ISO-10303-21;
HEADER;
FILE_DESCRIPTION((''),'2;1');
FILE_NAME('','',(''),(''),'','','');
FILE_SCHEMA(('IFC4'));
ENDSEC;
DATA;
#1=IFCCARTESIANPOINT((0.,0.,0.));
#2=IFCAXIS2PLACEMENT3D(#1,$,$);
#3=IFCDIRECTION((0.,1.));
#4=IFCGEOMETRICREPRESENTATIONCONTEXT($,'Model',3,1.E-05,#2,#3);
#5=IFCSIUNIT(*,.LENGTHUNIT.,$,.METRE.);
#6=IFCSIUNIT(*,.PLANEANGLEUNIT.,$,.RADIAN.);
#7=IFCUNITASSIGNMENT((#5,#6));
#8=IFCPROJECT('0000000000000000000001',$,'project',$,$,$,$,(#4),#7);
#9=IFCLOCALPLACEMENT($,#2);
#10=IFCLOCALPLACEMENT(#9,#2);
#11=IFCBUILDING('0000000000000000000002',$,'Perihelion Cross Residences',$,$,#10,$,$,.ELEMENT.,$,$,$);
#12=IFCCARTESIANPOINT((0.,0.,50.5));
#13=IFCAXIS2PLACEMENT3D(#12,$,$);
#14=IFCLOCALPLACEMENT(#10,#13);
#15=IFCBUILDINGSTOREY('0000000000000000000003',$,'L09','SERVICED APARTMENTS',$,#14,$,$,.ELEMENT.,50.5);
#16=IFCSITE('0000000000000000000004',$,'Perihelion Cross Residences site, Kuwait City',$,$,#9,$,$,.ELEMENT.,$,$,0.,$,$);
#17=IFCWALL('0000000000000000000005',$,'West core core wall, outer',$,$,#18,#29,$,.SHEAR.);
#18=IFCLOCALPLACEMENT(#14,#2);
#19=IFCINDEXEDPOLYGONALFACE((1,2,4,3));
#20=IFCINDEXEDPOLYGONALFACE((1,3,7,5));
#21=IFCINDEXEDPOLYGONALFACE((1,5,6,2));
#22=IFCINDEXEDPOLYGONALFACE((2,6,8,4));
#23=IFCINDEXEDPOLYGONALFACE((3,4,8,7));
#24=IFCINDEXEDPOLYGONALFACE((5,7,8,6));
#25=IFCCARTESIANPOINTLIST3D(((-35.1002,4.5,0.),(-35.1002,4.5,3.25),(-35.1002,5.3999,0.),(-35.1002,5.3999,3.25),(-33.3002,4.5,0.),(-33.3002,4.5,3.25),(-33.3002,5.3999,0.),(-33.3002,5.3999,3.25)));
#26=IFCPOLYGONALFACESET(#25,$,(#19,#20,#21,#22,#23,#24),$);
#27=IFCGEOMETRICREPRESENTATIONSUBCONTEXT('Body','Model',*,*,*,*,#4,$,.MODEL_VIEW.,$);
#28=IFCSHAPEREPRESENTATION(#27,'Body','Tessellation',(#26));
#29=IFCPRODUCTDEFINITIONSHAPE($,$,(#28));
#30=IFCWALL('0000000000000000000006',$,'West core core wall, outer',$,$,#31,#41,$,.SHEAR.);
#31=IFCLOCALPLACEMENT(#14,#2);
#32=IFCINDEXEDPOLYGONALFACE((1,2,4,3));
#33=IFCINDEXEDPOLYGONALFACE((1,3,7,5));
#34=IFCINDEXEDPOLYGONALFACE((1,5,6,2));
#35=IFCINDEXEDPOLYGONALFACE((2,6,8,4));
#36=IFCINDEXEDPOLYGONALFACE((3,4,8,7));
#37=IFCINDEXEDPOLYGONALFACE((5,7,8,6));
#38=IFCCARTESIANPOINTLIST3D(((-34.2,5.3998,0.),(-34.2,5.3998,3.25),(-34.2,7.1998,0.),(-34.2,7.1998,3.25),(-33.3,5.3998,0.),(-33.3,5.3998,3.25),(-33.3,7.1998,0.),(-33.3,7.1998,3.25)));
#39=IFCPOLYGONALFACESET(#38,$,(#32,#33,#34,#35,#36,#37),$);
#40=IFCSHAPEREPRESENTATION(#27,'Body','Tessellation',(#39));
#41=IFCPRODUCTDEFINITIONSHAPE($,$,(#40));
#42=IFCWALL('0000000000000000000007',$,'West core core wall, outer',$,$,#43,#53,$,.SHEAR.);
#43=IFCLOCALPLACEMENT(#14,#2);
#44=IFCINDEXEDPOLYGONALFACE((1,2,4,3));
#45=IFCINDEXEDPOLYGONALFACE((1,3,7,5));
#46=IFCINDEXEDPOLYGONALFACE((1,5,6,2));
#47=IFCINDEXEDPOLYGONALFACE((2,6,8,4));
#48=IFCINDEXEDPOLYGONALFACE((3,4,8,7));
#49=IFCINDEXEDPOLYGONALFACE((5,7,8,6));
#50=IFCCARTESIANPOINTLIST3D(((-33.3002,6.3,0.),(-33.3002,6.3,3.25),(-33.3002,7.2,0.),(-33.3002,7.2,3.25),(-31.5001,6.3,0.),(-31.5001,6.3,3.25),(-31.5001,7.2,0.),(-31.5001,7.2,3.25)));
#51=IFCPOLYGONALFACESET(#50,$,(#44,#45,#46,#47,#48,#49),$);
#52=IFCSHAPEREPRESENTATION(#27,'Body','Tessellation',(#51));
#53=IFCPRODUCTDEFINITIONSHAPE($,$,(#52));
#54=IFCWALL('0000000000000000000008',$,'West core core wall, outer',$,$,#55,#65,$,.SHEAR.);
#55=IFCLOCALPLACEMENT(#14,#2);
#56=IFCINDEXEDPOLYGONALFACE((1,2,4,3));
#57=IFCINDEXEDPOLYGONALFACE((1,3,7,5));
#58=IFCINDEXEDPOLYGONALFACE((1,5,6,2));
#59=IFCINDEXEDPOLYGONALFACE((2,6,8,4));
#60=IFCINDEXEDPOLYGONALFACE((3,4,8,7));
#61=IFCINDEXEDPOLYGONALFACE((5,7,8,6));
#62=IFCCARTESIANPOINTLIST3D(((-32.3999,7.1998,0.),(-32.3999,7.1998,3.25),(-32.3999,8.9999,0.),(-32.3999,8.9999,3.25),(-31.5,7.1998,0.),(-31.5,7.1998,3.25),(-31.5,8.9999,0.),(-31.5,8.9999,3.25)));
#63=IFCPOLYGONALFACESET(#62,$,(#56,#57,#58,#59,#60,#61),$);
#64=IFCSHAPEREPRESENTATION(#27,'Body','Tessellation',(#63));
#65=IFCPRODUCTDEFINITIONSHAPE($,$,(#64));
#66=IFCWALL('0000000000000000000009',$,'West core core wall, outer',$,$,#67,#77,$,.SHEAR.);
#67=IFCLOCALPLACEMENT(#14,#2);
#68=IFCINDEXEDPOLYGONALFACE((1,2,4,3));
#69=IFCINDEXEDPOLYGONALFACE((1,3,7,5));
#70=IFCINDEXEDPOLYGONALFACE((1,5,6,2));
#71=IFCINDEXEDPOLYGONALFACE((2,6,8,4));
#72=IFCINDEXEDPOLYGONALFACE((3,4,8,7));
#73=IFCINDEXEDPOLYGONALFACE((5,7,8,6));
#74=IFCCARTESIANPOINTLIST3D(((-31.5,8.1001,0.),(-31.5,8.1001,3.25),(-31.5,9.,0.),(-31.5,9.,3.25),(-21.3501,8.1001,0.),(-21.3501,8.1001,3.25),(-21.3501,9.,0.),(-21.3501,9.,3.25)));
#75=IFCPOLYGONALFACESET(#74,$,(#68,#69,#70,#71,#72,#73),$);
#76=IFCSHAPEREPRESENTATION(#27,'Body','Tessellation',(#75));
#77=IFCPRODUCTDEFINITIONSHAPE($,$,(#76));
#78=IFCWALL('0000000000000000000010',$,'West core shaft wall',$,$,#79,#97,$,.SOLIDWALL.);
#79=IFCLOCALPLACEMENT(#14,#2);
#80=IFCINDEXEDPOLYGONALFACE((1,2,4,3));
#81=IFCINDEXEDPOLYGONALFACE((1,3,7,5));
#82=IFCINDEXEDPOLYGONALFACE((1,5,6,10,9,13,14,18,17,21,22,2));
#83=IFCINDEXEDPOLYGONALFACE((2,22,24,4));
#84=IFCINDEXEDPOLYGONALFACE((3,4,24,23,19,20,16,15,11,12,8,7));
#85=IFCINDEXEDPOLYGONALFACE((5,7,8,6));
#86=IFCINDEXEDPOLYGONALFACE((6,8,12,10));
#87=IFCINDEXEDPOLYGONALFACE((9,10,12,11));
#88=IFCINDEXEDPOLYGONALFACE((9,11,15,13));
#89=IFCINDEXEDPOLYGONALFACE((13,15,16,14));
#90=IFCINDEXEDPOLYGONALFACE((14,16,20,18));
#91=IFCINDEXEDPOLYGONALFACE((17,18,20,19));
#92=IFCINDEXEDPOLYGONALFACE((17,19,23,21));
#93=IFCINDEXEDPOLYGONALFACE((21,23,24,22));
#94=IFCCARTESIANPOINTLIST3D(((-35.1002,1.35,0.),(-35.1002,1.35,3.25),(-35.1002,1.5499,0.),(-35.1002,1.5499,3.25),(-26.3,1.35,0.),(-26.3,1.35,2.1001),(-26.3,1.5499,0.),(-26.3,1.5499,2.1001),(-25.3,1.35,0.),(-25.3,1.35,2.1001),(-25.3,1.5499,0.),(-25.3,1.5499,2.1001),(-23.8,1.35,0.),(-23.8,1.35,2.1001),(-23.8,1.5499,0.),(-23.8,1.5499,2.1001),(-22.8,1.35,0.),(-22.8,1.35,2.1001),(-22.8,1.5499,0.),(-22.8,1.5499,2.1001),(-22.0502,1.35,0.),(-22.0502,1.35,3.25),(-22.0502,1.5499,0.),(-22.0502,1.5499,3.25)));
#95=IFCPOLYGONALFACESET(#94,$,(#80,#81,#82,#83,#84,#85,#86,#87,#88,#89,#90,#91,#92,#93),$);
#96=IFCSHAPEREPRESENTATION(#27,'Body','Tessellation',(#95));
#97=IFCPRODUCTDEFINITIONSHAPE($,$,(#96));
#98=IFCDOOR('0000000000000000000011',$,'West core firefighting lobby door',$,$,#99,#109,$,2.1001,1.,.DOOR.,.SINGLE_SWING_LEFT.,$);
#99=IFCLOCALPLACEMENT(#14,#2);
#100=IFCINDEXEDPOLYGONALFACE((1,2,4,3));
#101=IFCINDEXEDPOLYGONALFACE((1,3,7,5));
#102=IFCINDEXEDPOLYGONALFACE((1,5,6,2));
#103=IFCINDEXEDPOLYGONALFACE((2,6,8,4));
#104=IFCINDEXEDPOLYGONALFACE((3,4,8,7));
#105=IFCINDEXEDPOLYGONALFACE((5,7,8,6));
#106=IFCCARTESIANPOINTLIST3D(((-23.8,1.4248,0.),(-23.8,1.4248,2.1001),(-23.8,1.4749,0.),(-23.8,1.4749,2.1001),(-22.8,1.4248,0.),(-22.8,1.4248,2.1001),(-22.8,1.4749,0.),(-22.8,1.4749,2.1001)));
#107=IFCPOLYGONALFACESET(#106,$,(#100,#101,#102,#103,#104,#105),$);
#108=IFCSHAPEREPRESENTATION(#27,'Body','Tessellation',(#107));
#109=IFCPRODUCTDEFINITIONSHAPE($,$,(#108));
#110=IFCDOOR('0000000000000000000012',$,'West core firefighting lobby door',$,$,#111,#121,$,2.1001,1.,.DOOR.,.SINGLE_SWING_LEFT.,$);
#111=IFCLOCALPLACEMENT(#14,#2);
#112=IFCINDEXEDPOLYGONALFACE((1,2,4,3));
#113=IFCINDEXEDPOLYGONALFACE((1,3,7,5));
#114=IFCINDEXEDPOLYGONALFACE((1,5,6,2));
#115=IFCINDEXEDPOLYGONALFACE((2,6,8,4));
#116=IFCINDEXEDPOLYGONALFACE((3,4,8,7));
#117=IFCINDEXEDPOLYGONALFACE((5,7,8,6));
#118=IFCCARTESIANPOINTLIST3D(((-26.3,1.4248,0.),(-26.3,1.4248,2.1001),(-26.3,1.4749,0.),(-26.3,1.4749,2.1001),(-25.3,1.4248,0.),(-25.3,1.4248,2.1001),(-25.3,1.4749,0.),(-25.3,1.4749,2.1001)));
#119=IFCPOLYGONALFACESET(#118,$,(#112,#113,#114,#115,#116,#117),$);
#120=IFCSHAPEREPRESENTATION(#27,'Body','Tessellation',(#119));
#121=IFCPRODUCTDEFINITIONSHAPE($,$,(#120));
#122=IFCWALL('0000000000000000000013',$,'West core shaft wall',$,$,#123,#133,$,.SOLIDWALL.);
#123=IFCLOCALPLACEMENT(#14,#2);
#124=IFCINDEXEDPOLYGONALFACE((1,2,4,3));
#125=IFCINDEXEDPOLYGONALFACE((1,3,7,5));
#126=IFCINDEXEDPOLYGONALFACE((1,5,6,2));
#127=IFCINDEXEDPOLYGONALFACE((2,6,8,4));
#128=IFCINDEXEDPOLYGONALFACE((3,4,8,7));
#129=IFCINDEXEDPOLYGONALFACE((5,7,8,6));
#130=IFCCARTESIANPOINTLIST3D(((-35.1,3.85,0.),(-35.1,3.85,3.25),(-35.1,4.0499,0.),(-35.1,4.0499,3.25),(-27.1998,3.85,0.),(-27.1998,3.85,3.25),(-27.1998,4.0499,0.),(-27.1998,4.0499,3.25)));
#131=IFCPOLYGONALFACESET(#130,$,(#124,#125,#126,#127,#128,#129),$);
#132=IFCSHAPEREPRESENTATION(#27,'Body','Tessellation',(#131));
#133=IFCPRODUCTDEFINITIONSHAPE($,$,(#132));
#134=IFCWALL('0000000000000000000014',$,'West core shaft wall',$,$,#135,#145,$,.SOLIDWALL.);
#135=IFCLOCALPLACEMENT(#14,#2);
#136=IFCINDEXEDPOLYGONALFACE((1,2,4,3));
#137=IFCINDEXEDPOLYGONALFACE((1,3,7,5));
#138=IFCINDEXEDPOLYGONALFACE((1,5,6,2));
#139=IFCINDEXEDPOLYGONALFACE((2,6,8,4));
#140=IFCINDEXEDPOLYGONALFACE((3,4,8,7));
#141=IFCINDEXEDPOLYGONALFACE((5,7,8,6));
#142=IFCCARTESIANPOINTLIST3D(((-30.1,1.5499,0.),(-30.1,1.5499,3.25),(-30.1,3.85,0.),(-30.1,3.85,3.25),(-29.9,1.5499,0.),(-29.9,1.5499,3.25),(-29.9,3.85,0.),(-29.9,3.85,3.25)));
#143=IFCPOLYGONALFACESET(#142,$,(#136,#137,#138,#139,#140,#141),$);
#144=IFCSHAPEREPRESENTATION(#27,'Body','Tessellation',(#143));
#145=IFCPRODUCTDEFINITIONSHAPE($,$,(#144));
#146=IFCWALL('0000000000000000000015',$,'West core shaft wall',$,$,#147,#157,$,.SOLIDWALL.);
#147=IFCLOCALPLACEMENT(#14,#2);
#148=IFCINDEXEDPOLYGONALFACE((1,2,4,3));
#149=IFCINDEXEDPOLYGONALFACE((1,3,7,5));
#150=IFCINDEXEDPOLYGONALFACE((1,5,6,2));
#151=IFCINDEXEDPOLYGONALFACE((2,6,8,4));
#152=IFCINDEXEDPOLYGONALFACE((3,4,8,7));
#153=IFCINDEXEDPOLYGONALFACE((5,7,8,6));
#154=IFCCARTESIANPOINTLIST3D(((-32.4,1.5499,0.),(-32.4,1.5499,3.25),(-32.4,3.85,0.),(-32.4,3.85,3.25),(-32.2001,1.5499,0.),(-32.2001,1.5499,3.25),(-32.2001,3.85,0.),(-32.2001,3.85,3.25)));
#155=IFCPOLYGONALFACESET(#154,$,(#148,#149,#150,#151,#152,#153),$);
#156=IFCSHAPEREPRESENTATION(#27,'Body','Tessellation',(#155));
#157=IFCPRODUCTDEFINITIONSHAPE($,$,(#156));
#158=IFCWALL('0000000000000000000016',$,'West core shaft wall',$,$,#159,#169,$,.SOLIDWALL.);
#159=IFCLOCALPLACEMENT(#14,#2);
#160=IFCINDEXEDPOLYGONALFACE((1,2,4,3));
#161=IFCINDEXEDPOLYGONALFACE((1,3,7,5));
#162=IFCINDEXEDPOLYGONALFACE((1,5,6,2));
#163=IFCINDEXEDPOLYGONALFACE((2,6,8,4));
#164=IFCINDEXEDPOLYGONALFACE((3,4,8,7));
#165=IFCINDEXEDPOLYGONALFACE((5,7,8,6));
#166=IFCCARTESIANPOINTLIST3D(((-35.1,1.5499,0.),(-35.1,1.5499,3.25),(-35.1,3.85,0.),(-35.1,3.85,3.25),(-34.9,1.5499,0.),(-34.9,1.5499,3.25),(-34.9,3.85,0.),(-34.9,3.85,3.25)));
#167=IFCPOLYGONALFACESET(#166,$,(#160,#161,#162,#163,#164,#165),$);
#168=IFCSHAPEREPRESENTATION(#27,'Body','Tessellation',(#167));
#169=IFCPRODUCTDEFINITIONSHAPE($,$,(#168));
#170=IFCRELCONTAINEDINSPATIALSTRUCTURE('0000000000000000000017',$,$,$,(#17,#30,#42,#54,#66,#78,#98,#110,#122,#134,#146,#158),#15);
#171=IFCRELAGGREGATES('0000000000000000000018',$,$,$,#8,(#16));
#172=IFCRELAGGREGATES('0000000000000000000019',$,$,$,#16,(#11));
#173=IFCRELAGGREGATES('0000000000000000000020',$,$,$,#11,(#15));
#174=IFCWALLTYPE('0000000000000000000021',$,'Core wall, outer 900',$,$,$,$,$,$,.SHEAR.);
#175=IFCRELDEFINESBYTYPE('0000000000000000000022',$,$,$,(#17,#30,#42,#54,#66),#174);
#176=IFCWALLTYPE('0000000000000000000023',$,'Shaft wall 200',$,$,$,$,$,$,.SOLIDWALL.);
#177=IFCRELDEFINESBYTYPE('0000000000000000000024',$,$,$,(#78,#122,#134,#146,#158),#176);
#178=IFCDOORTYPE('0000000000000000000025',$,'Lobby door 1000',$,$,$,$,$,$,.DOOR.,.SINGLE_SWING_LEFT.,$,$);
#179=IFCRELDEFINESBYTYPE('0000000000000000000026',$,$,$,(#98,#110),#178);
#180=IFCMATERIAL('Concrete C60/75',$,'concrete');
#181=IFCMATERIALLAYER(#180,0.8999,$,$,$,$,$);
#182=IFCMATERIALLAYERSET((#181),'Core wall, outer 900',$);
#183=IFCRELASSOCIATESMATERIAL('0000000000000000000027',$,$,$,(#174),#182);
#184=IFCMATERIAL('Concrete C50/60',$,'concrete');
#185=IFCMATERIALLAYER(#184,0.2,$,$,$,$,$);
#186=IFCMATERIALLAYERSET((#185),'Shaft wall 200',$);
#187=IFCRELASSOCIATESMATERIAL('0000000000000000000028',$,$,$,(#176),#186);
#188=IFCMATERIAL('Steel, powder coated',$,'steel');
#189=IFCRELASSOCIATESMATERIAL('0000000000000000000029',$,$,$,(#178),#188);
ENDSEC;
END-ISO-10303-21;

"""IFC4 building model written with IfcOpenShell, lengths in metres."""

from ifc_helpers import new_model, si_unit, direction, frame, frame_2d, origin, place, context, subcontext, project, spatial, rectangle, extrude, material, layer, layer_set, type_object, element, fill, save


model = new_model("IFC4")

# Units and contexts
model_context = context("Model", 3, precision=1e-05, world=origin(), true_north=direction((0.0, 1.0)))
body_context = subcontext(model_context, "Body", "Model", "MODEL_VIEW")
ifc_project = project(units=[si_unit("LENGTHUNIT", "METRE"), si_unit("PLANEANGLEUNIT", "RADIAN")], contexts=[model_context])

# Site, building, storey
site_placement = place(None, origin())
site = spatial("IfcSite", under=ifc_project, at=site_placement, Name="Perihelion Cross Residences site, Kuwait City", CompositionType="ELEMENT", RefElevation=0.0)
building_placement = place(site_placement, origin())
building = spatial("IfcBuilding", under=site, at=building_placement, Name="Perihelion Cross Residences", CompositionType="ELEMENT")
storey_placement = place(building_placement, frame((0.0, 0.0, 50.5)))
storey = spatial("IfcBuildingStorey", under=building, at=storey_placement, Name="L09", Description="SERVICED APARTMENTS", CompositionType="ELEMENT", Elevation=50.5)

# Walls
ifc_material_1 = material(Name="Concrete C60/75", Category="concrete")
ifc_layer_1 = layer(ifc_material_1, 0.8999)
ifc_layer_set_1 = layer_set([ifc_layer_1], Name="Core wall, outer 900")
wall_type_1 = type_object("IfcWallType", Name="Core wall, outer 900", PredefinedType="SHEAR", material=ifc_layer_set_1)
for number, where, z_axis, x_axis, name in (
    (1, (-35.1001, 4.95, 0.0), (0.0, 0.0, 1.0), (1.0, 0.0, 0.0), "West core core wall, outer"),
    (2, (-33.75, 5.3999, 0.0), (0.0, 0.0, 1.0), (0.0, 1.0, 0.0), "West core core wall, outer"),
    (3, (-33.3, 6.75, 0.0), (0.0, 0.0, 1.0), (1.0, 0.0, 0.0), "West core core wall, outer"),
    (4, (-31.95, 7.2, 0.0), (0.0, 0.0, 1.0), (0.0, 1.0, 0.0), "West core core wall, outer"),
):
    element("IfcWall", number, at=place(storey_placement, frame(where, z_axis=z_axis, x_axis=x_axis)), inside=storey, type_object=wall_type_1, Name=name, PredefinedType="SHEAR", context=body_context, shape_type="SweptSolid", body=[
        extrude(rectangle(XDim=1.8, YDim=0.8999, at=frame_2d((0.8999, 0.0))), origin(), (0.0, 0.0, 1.0), 3.25),
    ])
wall_1_placement = place(storey_placement, frame((-31.5, 8.55, 0.0), z_axis=(0.0, 0.0, 1.0), x_axis=(1.0, 0.0, 0.0)))
element("IfcWall", 5, at=wall_1_placement, inside=storey, type_object=wall_type_1, Name="West core core wall, outer", PredefinedType="SHEAR", context=body_context, shape_type="SweptSolid", body=[
    extrude(rectangle(XDim=10.1499, YDim=0.8999, at=frame_2d((5.075, 0.0))), origin(), (0.0, 0.0, 1.0), 3.25),
])

# Wall, openings, doors
ifc_material_2 = material(Name="Concrete C50/60", Category="concrete")
ifc_layer_2 = layer(ifc_material_2, 0.2)
ifc_layer_set_2 = layer_set([ifc_layer_2], Name="Shaft wall 200")
wall_type_2 = type_object("IfcWallType", Name="Shaft wall 200", PredefinedType="SOLIDWALL", material=ifc_layer_set_2)
wall_2_placement = place(storey_placement, frame((-35.1001, 1.45, 0.0), z_axis=(0.0, 0.0, 1.0), x_axis=(1.0, 0.0, 0.0)))
wall_2 = element("IfcWall", 6, at=wall_2_placement, inside=storey, type_object=wall_type_2, Name="West core shaft wall", PredefinedType="SOLIDWALL", context=body_context, shape_type="SweptSolid", body=[
    extrude(rectangle(XDim=13.05, YDim=0.2, at=frame_2d((6.5249, 0.0))), origin(), (0.0, 0.0, 1.0), 3.25),
])
opening_1_placement = place(wall_2_placement, frame((11.3, 0.0, 0.0)))
opening_1 = element("IfcOpeningElement", 7, at=opening_1_placement, cuts=wall_2, PredefinedType="OPENING", context=body_context, shape_type="SweptSolid", body=[
    extrude(rectangle(XDim=1.0, YDim=2.1001, at=frame_2d((0.5, 1.05))), frame((0.0, 0.1099, 0.0), z_axis=(0.0, -1.0, 0.0), x_axis=(1.0, 0.0, 0.0)), (0.0, 0.0, 1.0), 0.22),
])
opening_2_placement = place(wall_2_placement, frame((8.8, 0.0, 0.0)))
opening_2 = element("IfcOpeningElement", 8, at=opening_2_placement, cuts=wall_2, PredefinedType="OPENING", context=body_context, shape_type="SweptSolid", body=[
    extrude(rectangle(XDim=1.0, YDim=2.1001, at=frame_2d((0.5, 1.05))), frame((0.0, 0.1099, 0.0), z_axis=(0.0, -1.0, 0.0), x_axis=(1.0, 0.0, 0.0)), (0.0, 0.0, 1.0), 0.22),
])
ifc_material_3 = material(Name="Steel, powder coated", Category="steel")
door_type_1 = type_object("IfcDoorType", Name="Lobby door 1000", OperationType="SINGLE_SWING_LEFT", PredefinedType="DOOR", material=ifc_material_3)
door_1_placement = place(opening_1_placement, origin())
door_1 = element("IfcDoor", 9, at=door_1_placement, inside=storey, type_object=door_type_1, Name="West core firefighting lobby door", OperationType="SINGLE_SWING_LEFT", OverallHeight=2.1001, OverallWidth=1.0, PredefinedType="DOOR", context=body_context, shape_type="SweptSolid", body=[
    extrude(rectangle(XDim=1.0, YDim=2.1001, at=frame_2d((0.5, 1.05))), frame((0.0, 0.0249, 0.0), z_axis=(0.0, -1.0, 0.0), x_axis=(1.0, 0.0, 0.0)), (0.0, 0.0, 1.0), 0.05),
])
fill(opening_1, door_1)
door_2_placement = place(opening_2_placement, origin())
door_2 = element("IfcDoor", 10, at=door_2_placement, inside=storey, type_object=door_type_1, Name="West core firefighting lobby door", OperationType="SINGLE_SWING_LEFT", OverallHeight=2.1001, OverallWidth=1.0, PredefinedType="DOOR", context=body_context, shape_type="SweptSolid", body=[
    extrude(rectangle(XDim=1.0, YDim=2.1001, at=frame_2d((0.5, 1.05))), frame((0.0, 0.0249, 0.0), z_axis=(0.0, -1.0, 0.0), x_axis=(1.0, 0.0, 0.0)), (0.0, 0.0, 1.0), 0.05),
])
fill(opening_2, door_2)

# Walls
wall_3_placement = place(storey_placement, frame((-35.1001, 3.95, 0.0), z_axis=(0.0, 0.0, 1.0), x_axis=(1.0, 0.0, 0.0)))
element("IfcWall", 11, at=wall_3_placement, inside=storey, type_object=wall_type_2, Name="West core shaft wall", PredefinedType="SOLIDWALL", context=body_context, shape_type="SweptSolid", body=[
    extrude(rectangle(XDim=7.9001, YDim=0.2, at=frame_2d((3.9502, 0.0))), origin(), (0.0, 0.0, 1.0), 3.25),
])
for number, where, z_axis, x_axis, name in (
    (12, (-30.0, 1.55, 0.0), (0.0, 0.0, 1.0), (0.0, 1.0, 0.0), "West core shaft wall"),
    (13, (-32.3, 1.55, 0.0), (0.0, 0.0, 1.0), (0.0, 1.0, 0.0), "West core shaft wall"),
    (14, (-35.0, 1.55, 0.0), (0.0, 0.0, 1.0), (0.0, 1.0, 0.0), "West core shaft wall"),
):
    element("IfcWall", number, at=place(storey_placement, frame(where, z_axis=z_axis, x_axis=x_axis)), inside=storey, type_object=wall_type_2, Name=name, PredefinedType="SOLIDWALL", context=body_context, shape_type="SweptSolid", body=[
        extrude(rectangle(XDim=2.3, YDim=0.2, at=frame_2d((1.1499, 0.0))), origin(), (0.0, 0.0, 1.0), 3.25),
    ])

save(model, "model.ifc")
